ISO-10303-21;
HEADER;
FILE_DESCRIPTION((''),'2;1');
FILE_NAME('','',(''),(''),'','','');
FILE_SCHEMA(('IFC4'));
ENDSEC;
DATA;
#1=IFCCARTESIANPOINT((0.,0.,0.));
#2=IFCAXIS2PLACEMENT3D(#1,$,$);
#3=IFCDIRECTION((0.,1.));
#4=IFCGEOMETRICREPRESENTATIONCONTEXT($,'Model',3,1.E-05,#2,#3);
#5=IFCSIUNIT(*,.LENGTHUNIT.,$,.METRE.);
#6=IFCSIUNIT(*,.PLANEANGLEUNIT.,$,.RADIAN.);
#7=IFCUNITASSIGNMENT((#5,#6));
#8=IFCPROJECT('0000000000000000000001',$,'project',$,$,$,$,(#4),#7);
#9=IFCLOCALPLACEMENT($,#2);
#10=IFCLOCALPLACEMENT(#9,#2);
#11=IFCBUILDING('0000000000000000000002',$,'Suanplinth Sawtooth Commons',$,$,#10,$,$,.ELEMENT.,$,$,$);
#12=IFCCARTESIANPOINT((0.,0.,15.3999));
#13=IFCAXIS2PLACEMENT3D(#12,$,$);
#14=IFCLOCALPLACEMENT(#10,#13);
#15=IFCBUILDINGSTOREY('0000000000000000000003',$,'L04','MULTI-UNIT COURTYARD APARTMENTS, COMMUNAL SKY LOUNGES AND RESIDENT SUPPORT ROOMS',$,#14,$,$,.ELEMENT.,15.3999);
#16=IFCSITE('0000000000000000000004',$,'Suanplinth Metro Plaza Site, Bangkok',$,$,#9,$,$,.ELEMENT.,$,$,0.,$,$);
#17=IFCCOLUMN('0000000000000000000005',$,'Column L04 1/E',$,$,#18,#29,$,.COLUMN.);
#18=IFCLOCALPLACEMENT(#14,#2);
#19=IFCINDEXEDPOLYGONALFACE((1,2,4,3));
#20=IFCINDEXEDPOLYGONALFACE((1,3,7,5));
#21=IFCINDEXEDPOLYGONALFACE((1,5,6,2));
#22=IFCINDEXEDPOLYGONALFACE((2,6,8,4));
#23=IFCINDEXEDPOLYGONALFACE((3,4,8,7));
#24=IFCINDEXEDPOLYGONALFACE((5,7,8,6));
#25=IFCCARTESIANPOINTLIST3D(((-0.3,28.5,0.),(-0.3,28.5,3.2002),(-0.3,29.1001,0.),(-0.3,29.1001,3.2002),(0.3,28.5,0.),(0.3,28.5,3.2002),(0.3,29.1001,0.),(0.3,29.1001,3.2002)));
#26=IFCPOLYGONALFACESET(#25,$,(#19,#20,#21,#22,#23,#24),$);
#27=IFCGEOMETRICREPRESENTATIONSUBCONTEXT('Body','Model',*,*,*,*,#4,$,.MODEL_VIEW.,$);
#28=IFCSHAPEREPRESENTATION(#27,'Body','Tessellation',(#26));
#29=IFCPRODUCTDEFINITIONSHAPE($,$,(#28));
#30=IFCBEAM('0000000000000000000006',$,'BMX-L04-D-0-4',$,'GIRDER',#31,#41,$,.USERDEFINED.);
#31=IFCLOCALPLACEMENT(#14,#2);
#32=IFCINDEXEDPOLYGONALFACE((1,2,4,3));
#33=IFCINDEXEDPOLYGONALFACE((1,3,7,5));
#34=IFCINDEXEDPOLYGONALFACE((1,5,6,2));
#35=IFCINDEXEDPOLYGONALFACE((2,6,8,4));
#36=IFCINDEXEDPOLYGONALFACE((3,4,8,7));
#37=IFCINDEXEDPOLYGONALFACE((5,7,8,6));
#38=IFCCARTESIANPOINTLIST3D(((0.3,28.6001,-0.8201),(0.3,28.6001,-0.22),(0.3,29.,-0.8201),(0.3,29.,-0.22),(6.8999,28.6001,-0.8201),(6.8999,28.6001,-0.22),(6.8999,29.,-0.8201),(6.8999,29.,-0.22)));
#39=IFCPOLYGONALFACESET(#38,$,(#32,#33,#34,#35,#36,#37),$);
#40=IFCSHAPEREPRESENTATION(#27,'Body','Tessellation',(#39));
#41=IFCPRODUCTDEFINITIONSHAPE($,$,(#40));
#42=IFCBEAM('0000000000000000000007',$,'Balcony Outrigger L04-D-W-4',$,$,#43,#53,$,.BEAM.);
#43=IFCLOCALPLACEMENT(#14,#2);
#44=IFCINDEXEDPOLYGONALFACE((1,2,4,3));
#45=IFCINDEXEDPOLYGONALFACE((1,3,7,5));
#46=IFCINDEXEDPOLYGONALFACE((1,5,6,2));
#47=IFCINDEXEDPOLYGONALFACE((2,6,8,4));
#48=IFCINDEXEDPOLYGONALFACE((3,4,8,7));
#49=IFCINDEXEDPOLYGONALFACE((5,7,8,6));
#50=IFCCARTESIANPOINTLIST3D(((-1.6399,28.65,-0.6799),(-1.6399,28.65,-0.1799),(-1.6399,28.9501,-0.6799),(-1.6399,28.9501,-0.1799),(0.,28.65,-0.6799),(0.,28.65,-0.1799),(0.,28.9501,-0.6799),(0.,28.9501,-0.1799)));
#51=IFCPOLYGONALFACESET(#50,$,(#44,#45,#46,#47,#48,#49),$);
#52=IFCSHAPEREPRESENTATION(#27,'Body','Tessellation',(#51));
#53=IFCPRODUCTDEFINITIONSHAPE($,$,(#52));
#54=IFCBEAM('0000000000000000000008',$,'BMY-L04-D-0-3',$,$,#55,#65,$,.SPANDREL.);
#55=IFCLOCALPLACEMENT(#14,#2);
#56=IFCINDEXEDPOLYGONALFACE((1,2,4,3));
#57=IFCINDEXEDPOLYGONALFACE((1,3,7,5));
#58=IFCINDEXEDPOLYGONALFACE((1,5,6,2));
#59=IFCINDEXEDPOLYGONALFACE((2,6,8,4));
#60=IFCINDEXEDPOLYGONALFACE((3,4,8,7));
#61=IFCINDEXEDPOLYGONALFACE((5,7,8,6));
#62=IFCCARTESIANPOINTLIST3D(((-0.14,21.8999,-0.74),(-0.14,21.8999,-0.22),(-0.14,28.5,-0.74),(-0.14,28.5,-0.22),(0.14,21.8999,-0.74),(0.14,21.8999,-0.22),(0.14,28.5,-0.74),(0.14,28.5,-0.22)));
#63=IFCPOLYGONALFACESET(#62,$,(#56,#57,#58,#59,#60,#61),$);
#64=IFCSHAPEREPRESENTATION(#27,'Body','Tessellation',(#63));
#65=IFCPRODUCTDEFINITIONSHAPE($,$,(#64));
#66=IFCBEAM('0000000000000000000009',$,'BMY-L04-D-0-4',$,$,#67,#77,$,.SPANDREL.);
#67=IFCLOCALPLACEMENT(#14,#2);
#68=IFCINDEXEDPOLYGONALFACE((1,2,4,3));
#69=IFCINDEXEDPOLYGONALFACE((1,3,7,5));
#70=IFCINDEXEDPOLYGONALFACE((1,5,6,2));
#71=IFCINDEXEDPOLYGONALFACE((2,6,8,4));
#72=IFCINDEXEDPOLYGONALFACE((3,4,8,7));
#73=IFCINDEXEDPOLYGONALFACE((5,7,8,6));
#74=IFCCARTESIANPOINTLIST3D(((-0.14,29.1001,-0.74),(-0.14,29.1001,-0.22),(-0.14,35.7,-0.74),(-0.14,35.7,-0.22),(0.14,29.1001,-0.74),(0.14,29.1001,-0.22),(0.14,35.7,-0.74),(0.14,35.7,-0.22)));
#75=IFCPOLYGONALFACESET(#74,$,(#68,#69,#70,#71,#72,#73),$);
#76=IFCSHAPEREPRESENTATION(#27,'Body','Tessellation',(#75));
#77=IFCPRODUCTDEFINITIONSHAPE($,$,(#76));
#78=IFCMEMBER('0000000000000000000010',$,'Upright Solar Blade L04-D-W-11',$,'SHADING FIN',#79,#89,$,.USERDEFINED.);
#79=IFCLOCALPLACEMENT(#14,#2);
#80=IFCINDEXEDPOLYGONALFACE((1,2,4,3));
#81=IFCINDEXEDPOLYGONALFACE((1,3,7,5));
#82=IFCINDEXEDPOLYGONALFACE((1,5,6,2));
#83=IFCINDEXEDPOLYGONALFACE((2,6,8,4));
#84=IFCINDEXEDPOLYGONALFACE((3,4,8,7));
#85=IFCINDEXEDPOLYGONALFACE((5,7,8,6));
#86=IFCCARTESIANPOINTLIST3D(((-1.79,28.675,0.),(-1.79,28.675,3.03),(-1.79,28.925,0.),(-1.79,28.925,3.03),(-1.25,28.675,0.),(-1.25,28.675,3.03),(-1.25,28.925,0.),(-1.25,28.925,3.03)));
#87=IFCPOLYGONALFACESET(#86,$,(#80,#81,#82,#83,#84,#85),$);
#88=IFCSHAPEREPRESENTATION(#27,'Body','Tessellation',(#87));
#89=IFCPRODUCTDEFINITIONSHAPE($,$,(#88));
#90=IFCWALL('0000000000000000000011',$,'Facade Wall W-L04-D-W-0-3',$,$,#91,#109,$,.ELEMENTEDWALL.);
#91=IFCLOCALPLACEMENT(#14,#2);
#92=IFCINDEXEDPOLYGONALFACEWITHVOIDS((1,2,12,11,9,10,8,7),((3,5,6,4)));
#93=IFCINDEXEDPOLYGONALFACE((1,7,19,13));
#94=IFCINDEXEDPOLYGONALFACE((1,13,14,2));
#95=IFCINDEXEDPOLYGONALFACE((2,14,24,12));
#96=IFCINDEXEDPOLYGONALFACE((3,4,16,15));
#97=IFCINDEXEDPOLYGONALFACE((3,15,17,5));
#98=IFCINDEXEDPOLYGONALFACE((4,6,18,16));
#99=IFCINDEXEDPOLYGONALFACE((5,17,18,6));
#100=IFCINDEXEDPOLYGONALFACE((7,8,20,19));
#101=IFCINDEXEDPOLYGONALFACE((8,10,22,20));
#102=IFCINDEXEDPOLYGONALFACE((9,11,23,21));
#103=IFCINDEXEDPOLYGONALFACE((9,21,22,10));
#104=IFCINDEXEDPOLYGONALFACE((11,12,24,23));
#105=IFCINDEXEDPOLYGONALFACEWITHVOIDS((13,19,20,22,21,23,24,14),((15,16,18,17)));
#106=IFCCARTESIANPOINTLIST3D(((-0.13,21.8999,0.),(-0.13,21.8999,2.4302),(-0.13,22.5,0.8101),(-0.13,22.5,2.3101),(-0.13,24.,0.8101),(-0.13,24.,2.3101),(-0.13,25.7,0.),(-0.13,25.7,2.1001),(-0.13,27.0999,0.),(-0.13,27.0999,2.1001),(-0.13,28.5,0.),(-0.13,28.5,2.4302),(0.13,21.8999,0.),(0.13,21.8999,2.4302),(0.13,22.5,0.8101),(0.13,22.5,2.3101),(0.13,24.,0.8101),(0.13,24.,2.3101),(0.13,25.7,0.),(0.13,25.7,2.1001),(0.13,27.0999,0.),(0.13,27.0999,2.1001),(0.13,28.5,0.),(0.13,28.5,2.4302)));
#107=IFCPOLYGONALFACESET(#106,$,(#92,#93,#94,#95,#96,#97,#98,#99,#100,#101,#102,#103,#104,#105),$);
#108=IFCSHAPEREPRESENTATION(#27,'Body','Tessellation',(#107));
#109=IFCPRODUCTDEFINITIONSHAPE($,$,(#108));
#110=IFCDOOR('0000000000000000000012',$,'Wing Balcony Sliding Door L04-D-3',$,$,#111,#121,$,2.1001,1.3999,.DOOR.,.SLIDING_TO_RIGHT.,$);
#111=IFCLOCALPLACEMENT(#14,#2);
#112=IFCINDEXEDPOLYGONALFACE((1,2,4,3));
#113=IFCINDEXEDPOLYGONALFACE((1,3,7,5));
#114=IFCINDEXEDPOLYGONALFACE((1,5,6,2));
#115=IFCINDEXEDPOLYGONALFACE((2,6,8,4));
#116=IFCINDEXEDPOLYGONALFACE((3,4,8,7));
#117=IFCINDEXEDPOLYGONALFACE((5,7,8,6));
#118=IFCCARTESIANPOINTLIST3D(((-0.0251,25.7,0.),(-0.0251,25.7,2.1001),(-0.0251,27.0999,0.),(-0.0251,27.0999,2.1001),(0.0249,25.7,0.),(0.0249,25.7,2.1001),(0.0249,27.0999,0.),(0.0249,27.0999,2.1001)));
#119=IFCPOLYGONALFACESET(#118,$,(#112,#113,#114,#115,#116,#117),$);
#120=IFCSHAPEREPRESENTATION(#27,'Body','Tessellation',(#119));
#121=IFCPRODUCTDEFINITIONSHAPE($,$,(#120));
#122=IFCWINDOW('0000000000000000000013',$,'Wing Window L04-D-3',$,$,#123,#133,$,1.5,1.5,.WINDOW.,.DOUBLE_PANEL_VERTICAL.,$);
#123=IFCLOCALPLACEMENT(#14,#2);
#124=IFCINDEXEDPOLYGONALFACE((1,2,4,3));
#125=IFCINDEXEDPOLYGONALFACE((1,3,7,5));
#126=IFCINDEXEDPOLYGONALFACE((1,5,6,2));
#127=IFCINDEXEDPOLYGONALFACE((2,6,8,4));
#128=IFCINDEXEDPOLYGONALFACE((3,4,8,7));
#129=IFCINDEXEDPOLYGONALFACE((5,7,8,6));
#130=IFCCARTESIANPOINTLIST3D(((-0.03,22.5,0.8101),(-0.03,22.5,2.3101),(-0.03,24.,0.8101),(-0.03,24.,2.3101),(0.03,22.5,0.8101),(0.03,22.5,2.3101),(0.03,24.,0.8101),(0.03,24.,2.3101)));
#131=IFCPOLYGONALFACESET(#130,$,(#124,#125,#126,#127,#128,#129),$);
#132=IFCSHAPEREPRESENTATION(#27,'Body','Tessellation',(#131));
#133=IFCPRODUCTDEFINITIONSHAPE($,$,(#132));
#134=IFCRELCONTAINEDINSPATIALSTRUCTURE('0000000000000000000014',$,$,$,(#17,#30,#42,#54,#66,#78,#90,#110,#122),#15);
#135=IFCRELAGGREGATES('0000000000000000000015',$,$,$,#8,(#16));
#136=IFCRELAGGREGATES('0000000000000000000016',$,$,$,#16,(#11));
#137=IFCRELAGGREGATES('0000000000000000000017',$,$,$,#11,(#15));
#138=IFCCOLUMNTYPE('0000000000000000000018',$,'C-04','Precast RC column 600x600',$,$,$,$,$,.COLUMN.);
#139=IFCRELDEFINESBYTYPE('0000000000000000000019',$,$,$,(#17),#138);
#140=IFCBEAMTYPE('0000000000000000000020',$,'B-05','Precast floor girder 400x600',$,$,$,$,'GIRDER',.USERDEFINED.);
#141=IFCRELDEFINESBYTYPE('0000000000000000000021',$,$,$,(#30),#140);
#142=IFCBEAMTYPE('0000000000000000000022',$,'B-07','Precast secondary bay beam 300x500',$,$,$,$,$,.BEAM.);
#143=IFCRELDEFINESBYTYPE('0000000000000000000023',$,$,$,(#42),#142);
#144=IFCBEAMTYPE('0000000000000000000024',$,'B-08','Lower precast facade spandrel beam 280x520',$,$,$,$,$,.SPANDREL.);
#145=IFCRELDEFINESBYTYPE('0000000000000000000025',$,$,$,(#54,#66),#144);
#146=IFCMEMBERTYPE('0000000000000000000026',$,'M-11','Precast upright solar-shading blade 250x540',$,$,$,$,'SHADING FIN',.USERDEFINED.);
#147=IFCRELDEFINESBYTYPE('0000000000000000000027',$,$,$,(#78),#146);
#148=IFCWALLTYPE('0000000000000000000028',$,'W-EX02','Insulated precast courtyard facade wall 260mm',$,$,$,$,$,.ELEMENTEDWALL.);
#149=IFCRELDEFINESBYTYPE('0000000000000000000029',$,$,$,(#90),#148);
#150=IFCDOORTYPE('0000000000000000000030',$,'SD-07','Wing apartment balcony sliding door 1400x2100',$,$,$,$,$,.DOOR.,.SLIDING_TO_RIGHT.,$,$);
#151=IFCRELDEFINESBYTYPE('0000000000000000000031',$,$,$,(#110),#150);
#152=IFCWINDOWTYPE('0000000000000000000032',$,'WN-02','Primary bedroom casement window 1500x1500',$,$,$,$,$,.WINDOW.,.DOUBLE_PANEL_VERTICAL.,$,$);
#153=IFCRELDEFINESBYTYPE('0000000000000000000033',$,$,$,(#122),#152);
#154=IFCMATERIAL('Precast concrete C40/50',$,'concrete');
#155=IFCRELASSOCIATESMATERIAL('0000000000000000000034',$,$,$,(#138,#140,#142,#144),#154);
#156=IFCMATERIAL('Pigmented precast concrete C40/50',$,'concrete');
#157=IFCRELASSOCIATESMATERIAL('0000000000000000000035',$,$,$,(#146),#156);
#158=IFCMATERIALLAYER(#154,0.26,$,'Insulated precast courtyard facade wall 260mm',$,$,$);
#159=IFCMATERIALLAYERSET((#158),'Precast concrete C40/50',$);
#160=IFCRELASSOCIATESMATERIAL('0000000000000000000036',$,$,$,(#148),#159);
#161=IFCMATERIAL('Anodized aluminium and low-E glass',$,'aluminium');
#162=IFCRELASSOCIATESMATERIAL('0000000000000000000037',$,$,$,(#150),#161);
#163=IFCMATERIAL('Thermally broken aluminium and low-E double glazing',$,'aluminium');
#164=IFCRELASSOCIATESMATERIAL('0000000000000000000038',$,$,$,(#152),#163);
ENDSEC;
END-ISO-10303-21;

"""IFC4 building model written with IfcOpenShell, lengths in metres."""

from ifc_helpers import new_model, si_unit, direction, frame, frame_2d, origin, origin_2d, place, context, subcontext, project, spatial, rectangle, extrude, material, layer, layer_set, material_profile, profile_set, type_object, element, fill, save


model = new_model("IFC4")

# Units and contexts
model_context = context("Model", 3, precision=1e-05, world=origin(), true_north=direction((0.0, 1.0)))
body_context = subcontext(model_context, "Body", "Model", "MODEL_VIEW")
ifc_project = project(units=[si_unit("LENGTHUNIT", "METRE"), si_unit("PLANEANGLEUNIT", "RADIAN")], contexts=[model_context])

# Site, building, storey
site_placement = place(None, origin())
site = spatial("IfcSite", under=ifc_project, at=site_placement, Name="Suanplinth Metro Plaza Site, Bangkok", CompositionType="ELEMENT", RefElevation=0.0)
building_placement = place(site_placement, origin())
building = spatial("IfcBuilding", under=site, at=building_placement, Name="Suanplinth Sawtooth Commons", CompositionType="ELEMENT")
storey_placement = place(building_placement, frame((0.0, 0.0, 15.3999)))
storey = spatial("IfcBuildingStorey", under=building, at=storey_placement, Name="L04", Description="MULTI-UNIT COURTYARD APARTMENTS, COMMUNAL SKY LOUNGES AND RESIDENT SUPPORT ROOMS", CompositionType="ELEMENT", Elevation=15.3999)

# Column
ifc_material_1 = material(Name="Precast concrete C40/50", Category="concrete")
ifc_material_profile_1 = material_profile(ifc_material_1, rectangle(XDim=0.6001, YDim=0.6001, at=origin_2d()), Name="PC-COL 600x600")
ifc_profile_set_1 = profile_set([ifc_material_profile_1], Name="Precast concrete C40/50")
column_type = type_object("IfcColumnType", Name="C-04", Description="Precast RC column 600x600", PredefinedType="COLUMN", material=ifc_profile_set_1)
column_placement = place(storey_placement, frame((0.0, 28.8, 0.0), z_axis=(0.0, 0.0, 1.0), x_axis=(1.0, 0.0, 0.0)))
element("IfcColumn", 1, at=column_placement, inside=storey, type_object=column_type, Name="Column L04 1/E", PredefinedType="COLUMN", context=body_context, shape_type="SweptSolid", body=[
    extrude(rectangle(XDim=0.6001, YDim=0.6001, at=origin_2d()), origin(), (0.0, 0.0, 1.0), 3.2002),
])

# Beams
ifc_material_profile_2 = material_profile(ifc_material_1, rectangle(XDim=0.3999, YDim=0.6001, at=origin_2d()), Name="PC-GDR 400x600")
ifc_profile_set_2 = profile_set([ifc_material_profile_2], Name="Precast concrete C40/50")
beam_type_1 = type_object("IfcBeamType", Name="B-05", Description="Precast floor girder 400x600", ElementType="GIRDER", PredefinedType="USERDEFINED", material=ifc_profile_set_2)
beam_1_placement = place(storey_placement, frame((0.3, 28.8, -0.52), z_axis=(1.0, 0.0, 0.0), x_axis=(0.0, 1.0, 0.0)))
element("IfcBeam", 2, at=beam_1_placement, inside=storey, type_object=beam_type_1, Name="BMX-L04-D-0-4", ObjectType="GIRDER", PredefinedType="USERDEFINED", context=body_context, shape_type="SweptSolid", body=[
    extrude(rectangle(XDim=0.3999, YDim=0.6001, at=origin_2d()), origin(), (0.0, 0.0, 1.0), 6.5999),
])
ifc_material_profile_3 = material_profile(ifc_material_1, rectangle(XDim=0.3, YDim=0.5, at=origin_2d()), Name="PC-BM 300x500")
ifc_profile_set_3 = profile_set([ifc_material_profile_3], Name="Precast concrete C40/50")
beam_type_2 = type_object("IfcBeamType", Name="B-07", Description="Precast secondary bay beam 300x500", PredefinedType="BEAM", material=ifc_profile_set_3)
beam_2_placement = place(storey_placement, frame((0.0, 28.8, -0.4299), z_axis=(-1.0, 0.0, 0.0), x_axis=(0.0, -1.0, 0.0)))
element("IfcBeam", 3, at=beam_2_placement, inside=storey, type_object=beam_type_2, Name="Balcony Outrigger L04-D-W-4", PredefinedType="BEAM", context=body_context, shape_type="SweptSolid", body=[
    extrude(rectangle(XDim=0.3, YDim=0.5, at=origin_2d()), origin(), (0.0, 0.0, 1.0), 1.6399),
])
ifc_material_profile_4 = material_profile(ifc_material_1, rectangle(XDim=0.28, YDim=0.52, at=origin_2d()), Name="PC-SP 280x520")
ifc_profile_set_4 = profile_set([ifc_material_profile_4], Name="Precast concrete C40/50")
beam_type_3 = type_object("IfcBeamType", Name="B-08", Description="Lower precast facade spandrel beam 280x520", PredefinedType="SPANDREL", material=ifc_profile_set_4)
beam_3_placement = place(storey_placement, frame((0.0, 21.8999, -0.48), z_axis=(0.0, 1.0, 0.0), x_axis=(-1.0, 0.0, 0.0)))
element("IfcBeam", 4, at=beam_3_placement, inside=storey, type_object=beam_type_3, Name="BMY-L04-D-0-3", PredefinedType="SPANDREL", context=body_context, shape_type="SweptSolid", body=[
    extrude(rectangle(XDim=0.28, YDim=0.52, at=origin_2d()), origin(), (0.0, 0.0, 1.0), 6.6001),
])
beam_4_placement = place(storey_placement, frame((0.0, 29.1001, -0.48), z_axis=(0.0, 1.0, 0.0), x_axis=(-1.0, 0.0, 0.0)))
element("IfcBeam", 5, at=beam_4_placement, inside=storey, type_object=beam_type_3, Name="BMY-L04-D-0-4", PredefinedType="SPANDREL", context=body_context, shape_type="SweptSolid", body=[
    extrude(rectangle(XDim=0.28, YDim=0.52, at=origin_2d()), origin(), (0.0, 0.0, 1.0), 6.5999),
])

# Member
ifc_material_2 = material(Name="Pigmented precast concrete C40/50", Category="concrete")
ifc_material_profile_5 = material_profile(ifc_material_2, rectangle(XDim=0.25, YDim=0.54, at=origin_2d()), Name="PC-FIN 250x540")
ifc_profile_set_5 = profile_set([ifc_material_profile_5], Name="Pigmented precast concrete C40/50")
member_type = type_object("IfcMemberType", Name="M-11", Description="Precast upright solar-shading blade 250x540", ElementType="SHADING FIN", PredefinedType="USERDEFINED", material=ifc_profile_set_5)
member_placement = place(storey_placement, frame((-1.52, 28.8, 0.0), z_axis=(0.0, 0.0, 1.0), x_axis=(0.0, 1.0, 0.0)))
element("IfcMember", 6, at=member_placement, inside=storey, type_object=member_type, Name="Upright Solar Blade L04-D-W-11", ObjectType="SHADING FIN", PredefinedType="USERDEFINED", context=body_context, shape_type="SweptSolid", body=[
    extrude(rectangle(XDim=0.25, YDim=0.54, at=origin_2d()), origin(), (0.0, 0.0, 1.0), 3.03),
])

# Wall, openings, door, window
ifc_layer_1 = layer(ifc_material_1, 0.26, Name="Insulated precast courtyard facade wall 260mm")
ifc_layer_set_1 = layer_set([ifc_layer_1], Name="Precast concrete C40/50")
wall_type_1 = type_object("IfcWallType", Name="W-EX02", Description="Insulated precast courtyard facade wall 260mm", PredefinedType="ELEMENTEDWALL", material=ifc_layer_set_1)
wall_1_placement = place(storey_placement, frame((0.0, 21.8999, 0.0), z_axis=(0.0, 0.0, 1.0), x_axis=(0.0, 1.0, 0.0)))
wall_1 = element("IfcWall", 7, at=wall_1_placement, inside=storey, type_object=wall_type_1, Name="Facade Wall W-L04-D-W-0-3", PredefinedType="ELEMENTEDWALL", context=body_context, shape_type="SweptSolid", body=[
    extrude(rectangle(XDim=6.6001, YDim=0.26, at=frame_2d((3.3, 0.0))), origin(), (0.0, 0.0, 1.0), 2.4302),
])
opening_1_placement = place(wall_1_placement, frame((3.8, 0.0, 0.0)))
opening_1 = element("IfcOpeningElement", 8, at=opening_1_placement, cuts=wall_1, PredefinedType="OPENING", context=body_context, shape_type="SweptSolid", body=[
    extrude(rectangle(XDim=1.3999, YDim=2.1001, at=frame_2d((0.7, 1.05))), frame((0.0, 0.145, 0.0), z_axis=(0.0, -1.0, 0.0), x_axis=(1.0, 0.0, 0.0)), (0.0, 0.0, 1.0), 0.2898),
])
opening_2_placement = place(wall_1_placement, frame((0.6001, 0.0, 0.8101)))
opening_2 = element("IfcOpeningElement", 9, at=opening_2_placement, cuts=wall_1, PredefinedType="OPENING", context=body_context, shape_type="SweptSolid", body=[
    extrude(rectangle(XDim=1.5, YDim=1.5, at=frame_2d((0.75, 0.75))), frame((0.0, 0.145, 0.0), z_axis=(0.0, -1.0, 0.0), x_axis=(1.0, 0.0, 0.0)), (0.0, 0.0, 1.0), 0.2898),
])
ifc_material_3 = material(Name="Anodized aluminium and low-E glass", Category="aluminium")
door_type_1 = type_object("IfcDoorType", Name="SD-07", Description="Wing apartment balcony sliding door 1400x2100", OperationType="SLIDING_TO_RIGHT", PredefinedType="DOOR", material=ifc_material_3)
door_1_placement = place(opening_1_placement, frame((1.3999, 0.0, 0.0), z_axis=(0.0, 0.0, 1.0), x_axis=(-1.0, 0.0, 0.0)))
door_1 = element("IfcDoor", 10, at=door_1_placement, inside=storey, type_object=door_type_1, Name="Wing Balcony Sliding Door L04-D-3", OperationType="SLIDING_TO_RIGHT", OverallHeight=2.1001, OverallWidth=1.3999, PredefinedType="DOOR", context=body_context, shape_type="SweptSolid", body=[
    extrude(rectangle(XDim=1.3999, YDim=2.1001, at=frame_2d((0.7, 1.05))), frame((0.0, 0.0249, 0.0), z_axis=(0.0, -1.0, 0.0), x_axis=(1.0, 0.0, 0.0)), (0.0, 0.0, 1.0), 0.05),
])
fill(opening_1, door_1)
ifc_material_4 = material(Name="Thermally broken aluminium and low-E double glazing", Category="aluminium")
window_type = type_object("IfcWindowType", Name="WN-02", Description="Primary bedroom casement window 1500x1500", PartitioningType="DOUBLE_PANEL_VERTICAL", PredefinedType="WINDOW", material=ifc_material_4)
window_1_placement = place(opening_2_placement, origin())
window_1 = element("IfcWindow", 11, at=window_1_placement, inside=storey, type_object=window_type, Name="Wing Window L04-D-3", OverallHeight=1.5, OverallWidth=1.5, PartitioningType="DOUBLE_PANEL_VERTICAL", PredefinedType="WINDOW", context=body_context, shape_type="SweptSolid", body=[
    extrude(rectangle(XDim=1.5, YDim=1.5, at=frame_2d((0.75, 0.75))), frame((0.0, 0.03, 0.0), z_axis=(0.0, -1.0, 0.0), x_axis=(1.0, 0.0, 0.0)), (0.0, 0.0, 1.0), 0.0601),
])
fill(opening_2, window_1)

save(model, "model.ifc")
